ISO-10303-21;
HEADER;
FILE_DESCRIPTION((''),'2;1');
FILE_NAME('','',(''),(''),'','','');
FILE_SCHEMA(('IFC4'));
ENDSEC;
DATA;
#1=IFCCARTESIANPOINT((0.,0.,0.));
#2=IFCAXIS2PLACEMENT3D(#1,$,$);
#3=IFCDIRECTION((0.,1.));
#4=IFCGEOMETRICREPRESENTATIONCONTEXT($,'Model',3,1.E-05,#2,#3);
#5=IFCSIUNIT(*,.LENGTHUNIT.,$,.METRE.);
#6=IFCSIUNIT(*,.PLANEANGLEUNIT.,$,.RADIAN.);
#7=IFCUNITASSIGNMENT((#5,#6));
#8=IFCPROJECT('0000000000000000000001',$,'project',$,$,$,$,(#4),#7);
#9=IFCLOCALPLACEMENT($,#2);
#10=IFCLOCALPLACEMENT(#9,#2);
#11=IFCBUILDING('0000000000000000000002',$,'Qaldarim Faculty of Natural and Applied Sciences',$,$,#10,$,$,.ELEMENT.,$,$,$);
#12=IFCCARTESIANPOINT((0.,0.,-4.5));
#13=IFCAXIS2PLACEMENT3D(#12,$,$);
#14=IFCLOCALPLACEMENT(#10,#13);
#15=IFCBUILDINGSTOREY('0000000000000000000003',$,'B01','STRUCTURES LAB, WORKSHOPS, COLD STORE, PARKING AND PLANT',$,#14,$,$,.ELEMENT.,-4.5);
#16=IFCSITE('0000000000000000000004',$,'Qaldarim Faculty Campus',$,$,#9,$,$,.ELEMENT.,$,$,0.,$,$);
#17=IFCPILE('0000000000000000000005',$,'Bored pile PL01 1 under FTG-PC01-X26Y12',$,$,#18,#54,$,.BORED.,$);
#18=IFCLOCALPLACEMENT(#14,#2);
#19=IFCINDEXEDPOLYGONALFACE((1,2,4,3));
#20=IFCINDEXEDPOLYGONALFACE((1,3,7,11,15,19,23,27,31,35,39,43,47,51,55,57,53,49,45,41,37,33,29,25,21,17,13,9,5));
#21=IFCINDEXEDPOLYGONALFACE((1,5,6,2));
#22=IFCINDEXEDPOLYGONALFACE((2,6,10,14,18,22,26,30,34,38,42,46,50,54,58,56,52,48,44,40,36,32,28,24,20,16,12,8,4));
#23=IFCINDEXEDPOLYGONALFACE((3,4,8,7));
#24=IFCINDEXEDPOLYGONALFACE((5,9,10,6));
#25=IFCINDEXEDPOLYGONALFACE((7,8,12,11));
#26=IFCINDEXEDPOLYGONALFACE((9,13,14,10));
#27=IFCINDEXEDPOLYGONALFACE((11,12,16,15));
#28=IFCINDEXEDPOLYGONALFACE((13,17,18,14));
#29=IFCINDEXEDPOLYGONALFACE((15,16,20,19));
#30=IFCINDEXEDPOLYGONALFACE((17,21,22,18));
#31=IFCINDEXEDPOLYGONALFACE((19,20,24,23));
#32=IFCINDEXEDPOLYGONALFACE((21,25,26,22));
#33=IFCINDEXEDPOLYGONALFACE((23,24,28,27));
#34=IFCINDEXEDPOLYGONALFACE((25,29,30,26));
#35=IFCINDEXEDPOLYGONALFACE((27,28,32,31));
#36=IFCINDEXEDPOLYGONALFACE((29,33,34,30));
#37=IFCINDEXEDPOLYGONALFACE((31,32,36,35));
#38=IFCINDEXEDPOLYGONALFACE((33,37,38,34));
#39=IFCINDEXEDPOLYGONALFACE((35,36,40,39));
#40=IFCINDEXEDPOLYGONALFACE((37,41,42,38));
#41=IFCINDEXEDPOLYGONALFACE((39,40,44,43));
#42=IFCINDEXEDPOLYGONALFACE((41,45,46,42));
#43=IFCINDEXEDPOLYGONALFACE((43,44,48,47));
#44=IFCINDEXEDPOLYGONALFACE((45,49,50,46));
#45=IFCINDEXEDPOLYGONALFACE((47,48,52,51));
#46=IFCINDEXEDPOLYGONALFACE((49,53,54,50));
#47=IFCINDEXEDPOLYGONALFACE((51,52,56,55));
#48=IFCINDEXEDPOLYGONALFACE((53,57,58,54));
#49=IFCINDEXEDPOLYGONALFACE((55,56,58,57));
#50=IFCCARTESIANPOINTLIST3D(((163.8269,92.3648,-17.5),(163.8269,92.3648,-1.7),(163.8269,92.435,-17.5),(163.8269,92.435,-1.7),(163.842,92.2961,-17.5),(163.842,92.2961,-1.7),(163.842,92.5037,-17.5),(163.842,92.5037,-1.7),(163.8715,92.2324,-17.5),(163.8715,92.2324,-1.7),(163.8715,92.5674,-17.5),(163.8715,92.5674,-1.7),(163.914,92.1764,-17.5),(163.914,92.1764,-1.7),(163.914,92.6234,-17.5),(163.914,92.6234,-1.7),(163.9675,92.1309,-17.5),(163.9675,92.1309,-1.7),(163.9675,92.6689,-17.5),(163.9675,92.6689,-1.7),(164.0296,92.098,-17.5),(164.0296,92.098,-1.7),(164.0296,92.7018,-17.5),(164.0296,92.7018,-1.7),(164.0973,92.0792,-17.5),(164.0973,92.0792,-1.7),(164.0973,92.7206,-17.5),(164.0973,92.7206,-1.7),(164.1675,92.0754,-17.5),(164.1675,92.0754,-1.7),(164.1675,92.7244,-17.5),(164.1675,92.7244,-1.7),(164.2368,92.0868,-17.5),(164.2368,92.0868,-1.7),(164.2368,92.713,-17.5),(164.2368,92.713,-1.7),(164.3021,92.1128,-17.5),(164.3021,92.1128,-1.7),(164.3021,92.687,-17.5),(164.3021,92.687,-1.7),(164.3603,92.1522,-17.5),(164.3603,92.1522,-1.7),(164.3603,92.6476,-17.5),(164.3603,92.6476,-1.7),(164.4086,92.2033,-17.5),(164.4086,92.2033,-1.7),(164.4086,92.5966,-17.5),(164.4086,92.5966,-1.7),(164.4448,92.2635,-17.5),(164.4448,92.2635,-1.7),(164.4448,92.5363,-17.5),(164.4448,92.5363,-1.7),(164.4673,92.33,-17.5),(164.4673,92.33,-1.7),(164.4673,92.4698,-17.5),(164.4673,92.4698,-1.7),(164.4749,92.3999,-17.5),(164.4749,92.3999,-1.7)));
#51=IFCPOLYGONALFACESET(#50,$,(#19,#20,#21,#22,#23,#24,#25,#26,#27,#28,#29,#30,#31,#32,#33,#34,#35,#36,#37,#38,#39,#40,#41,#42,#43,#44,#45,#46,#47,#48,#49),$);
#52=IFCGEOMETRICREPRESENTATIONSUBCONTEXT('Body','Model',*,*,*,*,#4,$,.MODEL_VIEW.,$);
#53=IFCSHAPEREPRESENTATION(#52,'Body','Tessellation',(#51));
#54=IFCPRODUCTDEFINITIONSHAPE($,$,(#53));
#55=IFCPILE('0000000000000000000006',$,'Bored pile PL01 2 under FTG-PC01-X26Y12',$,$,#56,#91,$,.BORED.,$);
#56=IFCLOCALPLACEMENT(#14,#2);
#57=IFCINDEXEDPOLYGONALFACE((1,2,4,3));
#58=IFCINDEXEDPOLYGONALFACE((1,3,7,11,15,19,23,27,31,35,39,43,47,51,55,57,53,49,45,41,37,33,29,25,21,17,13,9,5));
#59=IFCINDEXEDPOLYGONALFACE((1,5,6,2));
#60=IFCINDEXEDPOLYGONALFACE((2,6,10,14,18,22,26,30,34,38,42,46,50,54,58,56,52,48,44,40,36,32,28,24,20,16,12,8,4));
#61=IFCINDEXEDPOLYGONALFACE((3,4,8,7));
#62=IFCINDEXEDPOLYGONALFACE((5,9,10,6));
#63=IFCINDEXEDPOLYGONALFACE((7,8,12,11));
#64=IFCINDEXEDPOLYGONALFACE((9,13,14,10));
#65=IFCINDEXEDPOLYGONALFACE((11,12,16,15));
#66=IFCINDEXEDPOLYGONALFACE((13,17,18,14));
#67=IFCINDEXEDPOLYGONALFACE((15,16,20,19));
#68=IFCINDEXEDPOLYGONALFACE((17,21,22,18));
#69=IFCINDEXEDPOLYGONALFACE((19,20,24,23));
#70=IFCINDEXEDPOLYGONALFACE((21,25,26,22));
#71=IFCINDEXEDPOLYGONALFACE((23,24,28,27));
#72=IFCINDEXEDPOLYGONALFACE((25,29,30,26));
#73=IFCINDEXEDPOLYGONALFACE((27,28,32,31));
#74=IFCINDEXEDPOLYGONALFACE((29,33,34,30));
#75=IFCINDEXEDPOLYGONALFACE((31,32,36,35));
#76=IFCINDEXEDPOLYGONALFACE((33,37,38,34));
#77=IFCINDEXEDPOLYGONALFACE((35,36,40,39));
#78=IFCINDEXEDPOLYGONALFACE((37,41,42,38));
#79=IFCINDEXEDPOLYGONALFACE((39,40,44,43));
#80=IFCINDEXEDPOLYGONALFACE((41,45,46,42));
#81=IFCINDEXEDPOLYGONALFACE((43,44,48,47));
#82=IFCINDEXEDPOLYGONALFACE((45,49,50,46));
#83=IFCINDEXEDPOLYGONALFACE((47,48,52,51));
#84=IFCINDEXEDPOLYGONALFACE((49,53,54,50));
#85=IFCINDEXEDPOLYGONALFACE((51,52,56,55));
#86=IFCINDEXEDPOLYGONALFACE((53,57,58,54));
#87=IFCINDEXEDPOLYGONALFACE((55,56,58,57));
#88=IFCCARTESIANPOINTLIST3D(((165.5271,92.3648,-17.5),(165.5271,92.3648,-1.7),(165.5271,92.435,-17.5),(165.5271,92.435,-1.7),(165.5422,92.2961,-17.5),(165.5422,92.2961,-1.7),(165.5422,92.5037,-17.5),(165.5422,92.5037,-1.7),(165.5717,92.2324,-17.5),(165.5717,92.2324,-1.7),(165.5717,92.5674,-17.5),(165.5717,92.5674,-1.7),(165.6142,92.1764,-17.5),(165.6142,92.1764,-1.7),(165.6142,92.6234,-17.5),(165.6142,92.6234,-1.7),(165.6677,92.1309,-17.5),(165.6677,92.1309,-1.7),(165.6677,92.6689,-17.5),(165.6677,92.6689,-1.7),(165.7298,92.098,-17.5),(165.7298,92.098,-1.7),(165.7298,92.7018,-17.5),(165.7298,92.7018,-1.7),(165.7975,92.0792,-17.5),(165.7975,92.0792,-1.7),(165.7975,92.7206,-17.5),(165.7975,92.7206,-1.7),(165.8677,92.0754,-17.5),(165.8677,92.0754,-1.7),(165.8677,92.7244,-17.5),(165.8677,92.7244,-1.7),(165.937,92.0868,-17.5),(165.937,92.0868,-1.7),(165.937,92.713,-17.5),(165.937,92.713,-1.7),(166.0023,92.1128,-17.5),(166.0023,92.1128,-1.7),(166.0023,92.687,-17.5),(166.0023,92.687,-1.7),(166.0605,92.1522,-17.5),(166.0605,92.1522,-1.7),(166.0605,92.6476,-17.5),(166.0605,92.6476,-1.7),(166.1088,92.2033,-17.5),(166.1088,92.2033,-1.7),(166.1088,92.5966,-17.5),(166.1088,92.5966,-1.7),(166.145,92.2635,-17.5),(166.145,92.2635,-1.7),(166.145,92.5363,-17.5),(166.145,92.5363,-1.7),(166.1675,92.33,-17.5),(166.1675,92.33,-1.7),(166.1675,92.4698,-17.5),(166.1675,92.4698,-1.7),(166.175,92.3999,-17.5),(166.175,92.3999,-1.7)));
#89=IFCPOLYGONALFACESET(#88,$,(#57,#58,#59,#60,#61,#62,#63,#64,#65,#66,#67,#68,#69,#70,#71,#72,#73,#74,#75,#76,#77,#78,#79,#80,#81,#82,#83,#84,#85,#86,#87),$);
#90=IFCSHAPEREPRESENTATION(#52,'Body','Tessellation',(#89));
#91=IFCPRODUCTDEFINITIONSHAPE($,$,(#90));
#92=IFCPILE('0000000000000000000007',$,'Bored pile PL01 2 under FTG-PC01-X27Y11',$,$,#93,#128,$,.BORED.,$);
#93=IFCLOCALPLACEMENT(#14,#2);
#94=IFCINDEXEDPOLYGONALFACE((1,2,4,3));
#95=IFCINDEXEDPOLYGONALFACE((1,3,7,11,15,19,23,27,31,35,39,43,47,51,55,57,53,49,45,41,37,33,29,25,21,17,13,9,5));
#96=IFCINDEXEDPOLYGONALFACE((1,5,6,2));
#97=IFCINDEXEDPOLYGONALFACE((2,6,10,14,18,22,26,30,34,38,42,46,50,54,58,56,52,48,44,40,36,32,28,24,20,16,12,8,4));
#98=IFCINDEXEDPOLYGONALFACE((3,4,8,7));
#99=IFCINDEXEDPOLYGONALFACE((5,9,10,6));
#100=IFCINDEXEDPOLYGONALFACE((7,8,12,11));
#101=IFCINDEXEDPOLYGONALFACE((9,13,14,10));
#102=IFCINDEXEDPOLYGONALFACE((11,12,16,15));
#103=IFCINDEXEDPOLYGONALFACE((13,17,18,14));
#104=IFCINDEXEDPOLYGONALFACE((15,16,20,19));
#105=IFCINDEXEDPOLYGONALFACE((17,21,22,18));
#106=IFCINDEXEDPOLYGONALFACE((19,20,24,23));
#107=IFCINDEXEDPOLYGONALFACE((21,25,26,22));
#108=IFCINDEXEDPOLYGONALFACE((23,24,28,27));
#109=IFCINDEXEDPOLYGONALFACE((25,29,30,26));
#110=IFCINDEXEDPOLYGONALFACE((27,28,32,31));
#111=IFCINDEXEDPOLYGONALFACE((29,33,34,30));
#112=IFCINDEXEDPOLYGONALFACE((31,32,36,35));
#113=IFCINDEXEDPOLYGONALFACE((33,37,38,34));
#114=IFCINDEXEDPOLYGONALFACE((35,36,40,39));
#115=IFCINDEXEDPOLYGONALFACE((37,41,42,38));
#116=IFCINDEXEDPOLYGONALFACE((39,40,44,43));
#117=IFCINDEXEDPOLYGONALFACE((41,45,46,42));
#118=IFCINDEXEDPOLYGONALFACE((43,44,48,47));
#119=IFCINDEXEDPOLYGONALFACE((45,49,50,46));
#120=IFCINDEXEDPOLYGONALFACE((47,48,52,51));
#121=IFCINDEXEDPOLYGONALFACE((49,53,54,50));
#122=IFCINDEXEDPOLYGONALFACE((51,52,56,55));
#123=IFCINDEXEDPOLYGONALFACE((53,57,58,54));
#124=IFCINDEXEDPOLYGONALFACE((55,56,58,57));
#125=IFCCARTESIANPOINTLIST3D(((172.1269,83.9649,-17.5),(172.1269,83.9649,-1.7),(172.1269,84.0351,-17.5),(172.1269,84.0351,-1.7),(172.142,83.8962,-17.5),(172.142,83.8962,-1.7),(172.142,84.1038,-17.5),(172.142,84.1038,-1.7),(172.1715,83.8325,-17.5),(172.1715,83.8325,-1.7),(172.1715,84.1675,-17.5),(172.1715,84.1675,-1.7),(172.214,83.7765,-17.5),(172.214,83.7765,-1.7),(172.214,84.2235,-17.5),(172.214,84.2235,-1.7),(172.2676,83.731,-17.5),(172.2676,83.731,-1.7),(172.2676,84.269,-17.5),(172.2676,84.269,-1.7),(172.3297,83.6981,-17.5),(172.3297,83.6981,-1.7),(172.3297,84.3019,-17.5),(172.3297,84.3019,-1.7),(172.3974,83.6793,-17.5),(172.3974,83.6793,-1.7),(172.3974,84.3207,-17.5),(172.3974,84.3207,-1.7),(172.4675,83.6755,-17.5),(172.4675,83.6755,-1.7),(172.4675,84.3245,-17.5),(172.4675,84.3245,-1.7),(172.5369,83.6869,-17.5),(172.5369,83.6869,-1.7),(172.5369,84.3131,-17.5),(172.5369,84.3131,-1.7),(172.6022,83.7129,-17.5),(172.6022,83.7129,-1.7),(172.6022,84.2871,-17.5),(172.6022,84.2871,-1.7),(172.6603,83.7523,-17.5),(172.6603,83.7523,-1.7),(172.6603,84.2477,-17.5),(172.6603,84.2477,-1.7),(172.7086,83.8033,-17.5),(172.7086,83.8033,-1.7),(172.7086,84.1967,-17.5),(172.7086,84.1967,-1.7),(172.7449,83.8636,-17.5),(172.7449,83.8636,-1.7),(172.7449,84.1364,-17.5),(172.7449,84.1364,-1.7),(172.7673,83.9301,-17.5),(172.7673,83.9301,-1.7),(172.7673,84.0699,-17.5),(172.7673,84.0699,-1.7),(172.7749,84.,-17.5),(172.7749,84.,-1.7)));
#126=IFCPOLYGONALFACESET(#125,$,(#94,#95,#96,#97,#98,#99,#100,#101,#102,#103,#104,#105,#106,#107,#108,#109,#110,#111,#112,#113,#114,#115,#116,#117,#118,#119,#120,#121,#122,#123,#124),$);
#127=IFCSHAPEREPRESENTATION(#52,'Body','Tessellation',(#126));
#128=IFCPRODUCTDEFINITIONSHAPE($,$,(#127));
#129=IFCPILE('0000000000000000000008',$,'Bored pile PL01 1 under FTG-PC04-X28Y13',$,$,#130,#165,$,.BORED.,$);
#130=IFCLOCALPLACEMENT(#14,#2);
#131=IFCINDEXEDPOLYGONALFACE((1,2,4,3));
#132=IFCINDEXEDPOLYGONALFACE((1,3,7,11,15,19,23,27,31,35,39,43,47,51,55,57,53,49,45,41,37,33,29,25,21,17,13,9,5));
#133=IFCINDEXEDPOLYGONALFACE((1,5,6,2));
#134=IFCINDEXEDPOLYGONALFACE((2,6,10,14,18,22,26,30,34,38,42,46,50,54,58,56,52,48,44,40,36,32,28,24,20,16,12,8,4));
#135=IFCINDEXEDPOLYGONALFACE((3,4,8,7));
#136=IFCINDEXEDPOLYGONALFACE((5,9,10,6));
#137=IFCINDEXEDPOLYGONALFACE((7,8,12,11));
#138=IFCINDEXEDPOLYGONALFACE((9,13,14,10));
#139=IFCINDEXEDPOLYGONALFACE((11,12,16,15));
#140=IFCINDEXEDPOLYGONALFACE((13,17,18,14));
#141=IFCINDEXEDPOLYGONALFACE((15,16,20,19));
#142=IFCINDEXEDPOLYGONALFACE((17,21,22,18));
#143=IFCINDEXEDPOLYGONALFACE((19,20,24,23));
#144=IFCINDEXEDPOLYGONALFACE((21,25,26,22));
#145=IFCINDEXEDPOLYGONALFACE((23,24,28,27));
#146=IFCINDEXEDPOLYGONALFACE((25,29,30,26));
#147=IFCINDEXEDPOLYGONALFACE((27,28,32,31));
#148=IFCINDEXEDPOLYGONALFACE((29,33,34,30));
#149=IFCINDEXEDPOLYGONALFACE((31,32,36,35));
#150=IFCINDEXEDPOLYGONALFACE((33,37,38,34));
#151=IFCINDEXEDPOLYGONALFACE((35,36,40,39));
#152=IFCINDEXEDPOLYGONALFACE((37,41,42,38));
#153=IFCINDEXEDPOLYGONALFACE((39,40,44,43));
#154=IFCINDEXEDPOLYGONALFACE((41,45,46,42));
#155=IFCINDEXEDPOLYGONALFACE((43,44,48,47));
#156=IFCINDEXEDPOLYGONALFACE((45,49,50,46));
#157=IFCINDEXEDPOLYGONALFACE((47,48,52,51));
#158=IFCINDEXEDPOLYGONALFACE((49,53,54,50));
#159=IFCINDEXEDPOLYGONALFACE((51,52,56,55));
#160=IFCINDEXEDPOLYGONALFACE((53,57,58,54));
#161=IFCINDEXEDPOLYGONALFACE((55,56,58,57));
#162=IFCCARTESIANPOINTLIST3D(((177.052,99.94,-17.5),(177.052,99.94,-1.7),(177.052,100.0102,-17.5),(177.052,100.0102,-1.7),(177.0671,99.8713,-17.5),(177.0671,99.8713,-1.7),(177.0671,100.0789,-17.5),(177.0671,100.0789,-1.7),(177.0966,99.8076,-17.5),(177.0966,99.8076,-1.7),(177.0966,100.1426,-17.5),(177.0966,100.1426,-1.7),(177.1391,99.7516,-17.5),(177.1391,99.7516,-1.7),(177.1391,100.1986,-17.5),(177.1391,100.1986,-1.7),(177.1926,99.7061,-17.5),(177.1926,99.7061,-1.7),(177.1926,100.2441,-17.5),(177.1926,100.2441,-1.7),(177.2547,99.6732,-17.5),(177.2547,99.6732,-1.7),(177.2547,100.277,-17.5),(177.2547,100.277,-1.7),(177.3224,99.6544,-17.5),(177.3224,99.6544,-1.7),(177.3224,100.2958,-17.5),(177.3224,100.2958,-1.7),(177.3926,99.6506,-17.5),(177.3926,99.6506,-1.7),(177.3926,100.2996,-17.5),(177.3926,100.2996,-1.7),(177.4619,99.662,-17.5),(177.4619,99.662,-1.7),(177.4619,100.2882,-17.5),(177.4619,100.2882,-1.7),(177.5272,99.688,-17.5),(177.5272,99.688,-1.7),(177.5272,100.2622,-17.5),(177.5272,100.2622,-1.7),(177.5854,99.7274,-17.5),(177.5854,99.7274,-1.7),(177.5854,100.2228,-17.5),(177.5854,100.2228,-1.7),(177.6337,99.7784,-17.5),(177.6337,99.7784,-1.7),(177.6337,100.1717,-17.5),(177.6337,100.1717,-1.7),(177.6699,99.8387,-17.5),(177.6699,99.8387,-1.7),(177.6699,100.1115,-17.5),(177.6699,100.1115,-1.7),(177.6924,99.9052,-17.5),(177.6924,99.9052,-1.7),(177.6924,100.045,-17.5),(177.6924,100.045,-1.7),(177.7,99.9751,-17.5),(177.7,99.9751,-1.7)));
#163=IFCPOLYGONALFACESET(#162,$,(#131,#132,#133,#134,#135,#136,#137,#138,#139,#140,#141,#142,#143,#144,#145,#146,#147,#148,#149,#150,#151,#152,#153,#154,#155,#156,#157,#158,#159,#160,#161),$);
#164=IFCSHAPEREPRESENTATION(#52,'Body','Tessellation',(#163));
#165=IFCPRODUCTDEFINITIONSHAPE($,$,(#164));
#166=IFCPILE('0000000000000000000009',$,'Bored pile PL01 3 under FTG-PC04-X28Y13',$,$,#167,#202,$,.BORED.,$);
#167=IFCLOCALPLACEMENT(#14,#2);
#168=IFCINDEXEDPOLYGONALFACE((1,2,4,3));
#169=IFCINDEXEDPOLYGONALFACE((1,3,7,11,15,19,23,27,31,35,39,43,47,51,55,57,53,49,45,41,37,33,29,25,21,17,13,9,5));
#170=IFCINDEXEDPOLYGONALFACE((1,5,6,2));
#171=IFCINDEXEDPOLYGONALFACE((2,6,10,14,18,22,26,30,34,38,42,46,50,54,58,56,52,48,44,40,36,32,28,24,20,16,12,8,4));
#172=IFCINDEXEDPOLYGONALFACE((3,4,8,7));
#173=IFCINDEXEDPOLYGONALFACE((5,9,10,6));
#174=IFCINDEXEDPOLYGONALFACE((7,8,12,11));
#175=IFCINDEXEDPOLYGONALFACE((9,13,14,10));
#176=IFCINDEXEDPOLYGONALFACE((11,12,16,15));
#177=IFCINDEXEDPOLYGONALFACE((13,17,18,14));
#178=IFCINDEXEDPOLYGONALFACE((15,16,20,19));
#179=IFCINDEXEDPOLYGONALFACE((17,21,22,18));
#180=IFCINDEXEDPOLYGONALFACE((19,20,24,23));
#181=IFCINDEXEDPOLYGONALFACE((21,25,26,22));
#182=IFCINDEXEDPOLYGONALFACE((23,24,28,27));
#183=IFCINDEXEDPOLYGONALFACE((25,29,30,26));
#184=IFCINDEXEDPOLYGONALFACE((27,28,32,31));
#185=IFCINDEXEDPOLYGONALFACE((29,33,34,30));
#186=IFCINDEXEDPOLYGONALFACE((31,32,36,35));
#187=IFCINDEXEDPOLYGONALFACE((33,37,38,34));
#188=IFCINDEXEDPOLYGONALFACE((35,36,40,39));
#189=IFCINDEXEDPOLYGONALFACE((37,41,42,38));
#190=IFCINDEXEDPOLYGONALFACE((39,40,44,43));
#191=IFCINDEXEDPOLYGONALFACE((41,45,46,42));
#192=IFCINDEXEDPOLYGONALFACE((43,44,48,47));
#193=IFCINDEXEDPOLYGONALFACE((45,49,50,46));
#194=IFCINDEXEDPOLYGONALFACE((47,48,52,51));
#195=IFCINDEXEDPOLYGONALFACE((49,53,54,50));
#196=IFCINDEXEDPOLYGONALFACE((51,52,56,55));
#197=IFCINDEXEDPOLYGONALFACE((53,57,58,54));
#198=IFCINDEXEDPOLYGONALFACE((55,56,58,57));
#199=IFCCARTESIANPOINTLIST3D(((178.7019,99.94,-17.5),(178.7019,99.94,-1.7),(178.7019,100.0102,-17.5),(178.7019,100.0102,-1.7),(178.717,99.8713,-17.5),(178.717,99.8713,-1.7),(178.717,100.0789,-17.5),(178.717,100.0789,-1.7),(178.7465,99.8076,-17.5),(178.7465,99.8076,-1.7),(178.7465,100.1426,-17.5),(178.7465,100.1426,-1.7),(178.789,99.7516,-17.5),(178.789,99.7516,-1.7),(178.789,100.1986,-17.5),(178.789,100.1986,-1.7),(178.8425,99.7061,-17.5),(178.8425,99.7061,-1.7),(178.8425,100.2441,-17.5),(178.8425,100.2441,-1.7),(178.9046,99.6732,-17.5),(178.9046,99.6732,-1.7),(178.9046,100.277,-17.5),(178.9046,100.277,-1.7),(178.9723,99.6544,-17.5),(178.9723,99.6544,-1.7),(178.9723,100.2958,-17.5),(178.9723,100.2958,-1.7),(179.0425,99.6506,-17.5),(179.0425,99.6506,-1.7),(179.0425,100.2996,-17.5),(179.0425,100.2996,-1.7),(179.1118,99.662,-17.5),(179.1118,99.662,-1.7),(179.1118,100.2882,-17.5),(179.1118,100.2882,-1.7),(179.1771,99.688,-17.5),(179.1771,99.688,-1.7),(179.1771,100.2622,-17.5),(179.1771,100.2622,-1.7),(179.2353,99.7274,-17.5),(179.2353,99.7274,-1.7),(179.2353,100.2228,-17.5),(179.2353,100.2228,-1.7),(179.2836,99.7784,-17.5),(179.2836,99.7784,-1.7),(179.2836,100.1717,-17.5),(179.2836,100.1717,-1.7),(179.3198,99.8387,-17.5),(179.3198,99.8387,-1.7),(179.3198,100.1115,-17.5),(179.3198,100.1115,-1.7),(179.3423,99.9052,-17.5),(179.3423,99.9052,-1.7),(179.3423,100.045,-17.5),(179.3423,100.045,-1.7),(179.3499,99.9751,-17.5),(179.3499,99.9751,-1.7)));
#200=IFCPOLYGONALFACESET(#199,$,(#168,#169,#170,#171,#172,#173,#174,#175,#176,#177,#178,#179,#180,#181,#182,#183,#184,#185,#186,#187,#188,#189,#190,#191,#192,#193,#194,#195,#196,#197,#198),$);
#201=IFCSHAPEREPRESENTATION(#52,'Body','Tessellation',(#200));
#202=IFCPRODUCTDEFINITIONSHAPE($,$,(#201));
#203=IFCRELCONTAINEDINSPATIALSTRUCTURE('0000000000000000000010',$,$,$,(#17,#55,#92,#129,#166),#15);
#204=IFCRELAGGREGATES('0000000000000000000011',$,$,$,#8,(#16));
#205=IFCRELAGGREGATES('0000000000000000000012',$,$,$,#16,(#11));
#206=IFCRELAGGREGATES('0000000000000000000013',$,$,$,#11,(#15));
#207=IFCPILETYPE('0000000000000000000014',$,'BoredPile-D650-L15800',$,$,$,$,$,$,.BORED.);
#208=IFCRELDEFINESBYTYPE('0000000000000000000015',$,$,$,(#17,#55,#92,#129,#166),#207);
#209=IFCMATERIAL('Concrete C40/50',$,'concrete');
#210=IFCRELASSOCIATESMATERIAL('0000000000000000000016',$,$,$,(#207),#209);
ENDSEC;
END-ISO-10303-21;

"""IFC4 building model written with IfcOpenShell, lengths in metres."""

from ifc_helpers import new_model, si_unit, direction, frame, origin, origin_2d, place, context, subcontext, project, spatial, circle, extrude, material, material_profile, profile_set, type_object, element, save


model = new_model("IFC4")

# Units and contexts
model_context = context("Model", 3, precision=1e-05, world=origin(), true_north=direction((0.0, 1.0)))
body_context = subcontext(model_context, "Body", "Model", "MODEL_VIEW")
ifc_project = project(units=[si_unit("LENGTHUNIT", "METRE"), si_unit("PLANEANGLEUNIT", "RADIAN")], contexts=[model_context])

# Site, building, storey
site_placement = place(None, origin())
site = spatial("IfcSite", under=ifc_project, at=site_placement, Name="Qaldarim Faculty Campus", CompositionType="ELEMENT", RefElevation=0.0)
building_placement = place(site_placement, origin())
building = spatial("IfcBuilding", under=site, at=building_placement, Name="Qaldarim Faculty of Natural and Applied Sciences", CompositionType="ELEMENT")
storey_placement = place(building_placement, frame((0.0, 0.0, -4.5)))
storey = spatial("IfcBuildingStorey", under=building, at=storey_placement, Name="B01", Description="STRUCTURES LAB, WORKSHOPS, COLD STORE, PARKING AND PLANT", CompositionType="ELEMENT", Elevation=-4.5)

# Piles
ifc_material_1 = material(Name="Concrete C40/50", Category="concrete")
ifc_material_profile_1 = material_profile(ifc_material_1, circle(Radius=0.325, at=origin_2d()), Name="PILE-D650")
ifc_profile_set_1 = profile_set([ifc_material_profile_1], Name="Concrete C40/50")
pile_type_1 = type_object("IfcPileType", Name="BoredPile-D650-L15800", PredefinedType="BORED", material=ifc_profile_set_1)
for number, where, z_axis, x_axis, name in (
    (1, (164.1499, 92.3999, -1.7), (0.0, 0.0, -1.0), (1.0, 0.0, 0.0), "Bored pile PL01 1 under FTG-PC01-X26Y12"),
    (2, (165.8501, 92.3999, -1.7), (0.0, 0.0, -1.0), (1.0, 0.0, 0.0), "Bored pile PL01 2 under FTG-PC01-X26Y12"),
    (3, (172.45, 84.0, -1.7), (0.0, 0.0, -1.0), (1.0, 0.0, 0.0), "Bored pile PL01 2 under FTG-PC01-X27Y11"),
    (4, (177.375, 99.9751, -1.7), (0.0, 0.0, -1.0), (1.0, 0.0, 0.0), "Bored pile PL01 1 under FTG-PC04-X28Y13"),
    (5, (179.0249, 99.9751, -1.7), (0.0, 0.0, -1.0), (1.0, 0.0, 0.0), "Bored pile PL01 3 under FTG-PC04-X28Y13"),
):
    element("IfcPile", number, at=place(storey_placement, frame(where, z_axis=z_axis, x_axis=x_axis)), inside=storey, type_object=pile_type_1, Name=name, PredefinedType="BORED", context=body_context, shape_type="SweptSolid", body=[
        extrude(circle(Radius=0.325, at=origin_2d()), origin(), (0.0, 0.0, 1.0), 15.8),
    ])

save(model, "model.ifc")
